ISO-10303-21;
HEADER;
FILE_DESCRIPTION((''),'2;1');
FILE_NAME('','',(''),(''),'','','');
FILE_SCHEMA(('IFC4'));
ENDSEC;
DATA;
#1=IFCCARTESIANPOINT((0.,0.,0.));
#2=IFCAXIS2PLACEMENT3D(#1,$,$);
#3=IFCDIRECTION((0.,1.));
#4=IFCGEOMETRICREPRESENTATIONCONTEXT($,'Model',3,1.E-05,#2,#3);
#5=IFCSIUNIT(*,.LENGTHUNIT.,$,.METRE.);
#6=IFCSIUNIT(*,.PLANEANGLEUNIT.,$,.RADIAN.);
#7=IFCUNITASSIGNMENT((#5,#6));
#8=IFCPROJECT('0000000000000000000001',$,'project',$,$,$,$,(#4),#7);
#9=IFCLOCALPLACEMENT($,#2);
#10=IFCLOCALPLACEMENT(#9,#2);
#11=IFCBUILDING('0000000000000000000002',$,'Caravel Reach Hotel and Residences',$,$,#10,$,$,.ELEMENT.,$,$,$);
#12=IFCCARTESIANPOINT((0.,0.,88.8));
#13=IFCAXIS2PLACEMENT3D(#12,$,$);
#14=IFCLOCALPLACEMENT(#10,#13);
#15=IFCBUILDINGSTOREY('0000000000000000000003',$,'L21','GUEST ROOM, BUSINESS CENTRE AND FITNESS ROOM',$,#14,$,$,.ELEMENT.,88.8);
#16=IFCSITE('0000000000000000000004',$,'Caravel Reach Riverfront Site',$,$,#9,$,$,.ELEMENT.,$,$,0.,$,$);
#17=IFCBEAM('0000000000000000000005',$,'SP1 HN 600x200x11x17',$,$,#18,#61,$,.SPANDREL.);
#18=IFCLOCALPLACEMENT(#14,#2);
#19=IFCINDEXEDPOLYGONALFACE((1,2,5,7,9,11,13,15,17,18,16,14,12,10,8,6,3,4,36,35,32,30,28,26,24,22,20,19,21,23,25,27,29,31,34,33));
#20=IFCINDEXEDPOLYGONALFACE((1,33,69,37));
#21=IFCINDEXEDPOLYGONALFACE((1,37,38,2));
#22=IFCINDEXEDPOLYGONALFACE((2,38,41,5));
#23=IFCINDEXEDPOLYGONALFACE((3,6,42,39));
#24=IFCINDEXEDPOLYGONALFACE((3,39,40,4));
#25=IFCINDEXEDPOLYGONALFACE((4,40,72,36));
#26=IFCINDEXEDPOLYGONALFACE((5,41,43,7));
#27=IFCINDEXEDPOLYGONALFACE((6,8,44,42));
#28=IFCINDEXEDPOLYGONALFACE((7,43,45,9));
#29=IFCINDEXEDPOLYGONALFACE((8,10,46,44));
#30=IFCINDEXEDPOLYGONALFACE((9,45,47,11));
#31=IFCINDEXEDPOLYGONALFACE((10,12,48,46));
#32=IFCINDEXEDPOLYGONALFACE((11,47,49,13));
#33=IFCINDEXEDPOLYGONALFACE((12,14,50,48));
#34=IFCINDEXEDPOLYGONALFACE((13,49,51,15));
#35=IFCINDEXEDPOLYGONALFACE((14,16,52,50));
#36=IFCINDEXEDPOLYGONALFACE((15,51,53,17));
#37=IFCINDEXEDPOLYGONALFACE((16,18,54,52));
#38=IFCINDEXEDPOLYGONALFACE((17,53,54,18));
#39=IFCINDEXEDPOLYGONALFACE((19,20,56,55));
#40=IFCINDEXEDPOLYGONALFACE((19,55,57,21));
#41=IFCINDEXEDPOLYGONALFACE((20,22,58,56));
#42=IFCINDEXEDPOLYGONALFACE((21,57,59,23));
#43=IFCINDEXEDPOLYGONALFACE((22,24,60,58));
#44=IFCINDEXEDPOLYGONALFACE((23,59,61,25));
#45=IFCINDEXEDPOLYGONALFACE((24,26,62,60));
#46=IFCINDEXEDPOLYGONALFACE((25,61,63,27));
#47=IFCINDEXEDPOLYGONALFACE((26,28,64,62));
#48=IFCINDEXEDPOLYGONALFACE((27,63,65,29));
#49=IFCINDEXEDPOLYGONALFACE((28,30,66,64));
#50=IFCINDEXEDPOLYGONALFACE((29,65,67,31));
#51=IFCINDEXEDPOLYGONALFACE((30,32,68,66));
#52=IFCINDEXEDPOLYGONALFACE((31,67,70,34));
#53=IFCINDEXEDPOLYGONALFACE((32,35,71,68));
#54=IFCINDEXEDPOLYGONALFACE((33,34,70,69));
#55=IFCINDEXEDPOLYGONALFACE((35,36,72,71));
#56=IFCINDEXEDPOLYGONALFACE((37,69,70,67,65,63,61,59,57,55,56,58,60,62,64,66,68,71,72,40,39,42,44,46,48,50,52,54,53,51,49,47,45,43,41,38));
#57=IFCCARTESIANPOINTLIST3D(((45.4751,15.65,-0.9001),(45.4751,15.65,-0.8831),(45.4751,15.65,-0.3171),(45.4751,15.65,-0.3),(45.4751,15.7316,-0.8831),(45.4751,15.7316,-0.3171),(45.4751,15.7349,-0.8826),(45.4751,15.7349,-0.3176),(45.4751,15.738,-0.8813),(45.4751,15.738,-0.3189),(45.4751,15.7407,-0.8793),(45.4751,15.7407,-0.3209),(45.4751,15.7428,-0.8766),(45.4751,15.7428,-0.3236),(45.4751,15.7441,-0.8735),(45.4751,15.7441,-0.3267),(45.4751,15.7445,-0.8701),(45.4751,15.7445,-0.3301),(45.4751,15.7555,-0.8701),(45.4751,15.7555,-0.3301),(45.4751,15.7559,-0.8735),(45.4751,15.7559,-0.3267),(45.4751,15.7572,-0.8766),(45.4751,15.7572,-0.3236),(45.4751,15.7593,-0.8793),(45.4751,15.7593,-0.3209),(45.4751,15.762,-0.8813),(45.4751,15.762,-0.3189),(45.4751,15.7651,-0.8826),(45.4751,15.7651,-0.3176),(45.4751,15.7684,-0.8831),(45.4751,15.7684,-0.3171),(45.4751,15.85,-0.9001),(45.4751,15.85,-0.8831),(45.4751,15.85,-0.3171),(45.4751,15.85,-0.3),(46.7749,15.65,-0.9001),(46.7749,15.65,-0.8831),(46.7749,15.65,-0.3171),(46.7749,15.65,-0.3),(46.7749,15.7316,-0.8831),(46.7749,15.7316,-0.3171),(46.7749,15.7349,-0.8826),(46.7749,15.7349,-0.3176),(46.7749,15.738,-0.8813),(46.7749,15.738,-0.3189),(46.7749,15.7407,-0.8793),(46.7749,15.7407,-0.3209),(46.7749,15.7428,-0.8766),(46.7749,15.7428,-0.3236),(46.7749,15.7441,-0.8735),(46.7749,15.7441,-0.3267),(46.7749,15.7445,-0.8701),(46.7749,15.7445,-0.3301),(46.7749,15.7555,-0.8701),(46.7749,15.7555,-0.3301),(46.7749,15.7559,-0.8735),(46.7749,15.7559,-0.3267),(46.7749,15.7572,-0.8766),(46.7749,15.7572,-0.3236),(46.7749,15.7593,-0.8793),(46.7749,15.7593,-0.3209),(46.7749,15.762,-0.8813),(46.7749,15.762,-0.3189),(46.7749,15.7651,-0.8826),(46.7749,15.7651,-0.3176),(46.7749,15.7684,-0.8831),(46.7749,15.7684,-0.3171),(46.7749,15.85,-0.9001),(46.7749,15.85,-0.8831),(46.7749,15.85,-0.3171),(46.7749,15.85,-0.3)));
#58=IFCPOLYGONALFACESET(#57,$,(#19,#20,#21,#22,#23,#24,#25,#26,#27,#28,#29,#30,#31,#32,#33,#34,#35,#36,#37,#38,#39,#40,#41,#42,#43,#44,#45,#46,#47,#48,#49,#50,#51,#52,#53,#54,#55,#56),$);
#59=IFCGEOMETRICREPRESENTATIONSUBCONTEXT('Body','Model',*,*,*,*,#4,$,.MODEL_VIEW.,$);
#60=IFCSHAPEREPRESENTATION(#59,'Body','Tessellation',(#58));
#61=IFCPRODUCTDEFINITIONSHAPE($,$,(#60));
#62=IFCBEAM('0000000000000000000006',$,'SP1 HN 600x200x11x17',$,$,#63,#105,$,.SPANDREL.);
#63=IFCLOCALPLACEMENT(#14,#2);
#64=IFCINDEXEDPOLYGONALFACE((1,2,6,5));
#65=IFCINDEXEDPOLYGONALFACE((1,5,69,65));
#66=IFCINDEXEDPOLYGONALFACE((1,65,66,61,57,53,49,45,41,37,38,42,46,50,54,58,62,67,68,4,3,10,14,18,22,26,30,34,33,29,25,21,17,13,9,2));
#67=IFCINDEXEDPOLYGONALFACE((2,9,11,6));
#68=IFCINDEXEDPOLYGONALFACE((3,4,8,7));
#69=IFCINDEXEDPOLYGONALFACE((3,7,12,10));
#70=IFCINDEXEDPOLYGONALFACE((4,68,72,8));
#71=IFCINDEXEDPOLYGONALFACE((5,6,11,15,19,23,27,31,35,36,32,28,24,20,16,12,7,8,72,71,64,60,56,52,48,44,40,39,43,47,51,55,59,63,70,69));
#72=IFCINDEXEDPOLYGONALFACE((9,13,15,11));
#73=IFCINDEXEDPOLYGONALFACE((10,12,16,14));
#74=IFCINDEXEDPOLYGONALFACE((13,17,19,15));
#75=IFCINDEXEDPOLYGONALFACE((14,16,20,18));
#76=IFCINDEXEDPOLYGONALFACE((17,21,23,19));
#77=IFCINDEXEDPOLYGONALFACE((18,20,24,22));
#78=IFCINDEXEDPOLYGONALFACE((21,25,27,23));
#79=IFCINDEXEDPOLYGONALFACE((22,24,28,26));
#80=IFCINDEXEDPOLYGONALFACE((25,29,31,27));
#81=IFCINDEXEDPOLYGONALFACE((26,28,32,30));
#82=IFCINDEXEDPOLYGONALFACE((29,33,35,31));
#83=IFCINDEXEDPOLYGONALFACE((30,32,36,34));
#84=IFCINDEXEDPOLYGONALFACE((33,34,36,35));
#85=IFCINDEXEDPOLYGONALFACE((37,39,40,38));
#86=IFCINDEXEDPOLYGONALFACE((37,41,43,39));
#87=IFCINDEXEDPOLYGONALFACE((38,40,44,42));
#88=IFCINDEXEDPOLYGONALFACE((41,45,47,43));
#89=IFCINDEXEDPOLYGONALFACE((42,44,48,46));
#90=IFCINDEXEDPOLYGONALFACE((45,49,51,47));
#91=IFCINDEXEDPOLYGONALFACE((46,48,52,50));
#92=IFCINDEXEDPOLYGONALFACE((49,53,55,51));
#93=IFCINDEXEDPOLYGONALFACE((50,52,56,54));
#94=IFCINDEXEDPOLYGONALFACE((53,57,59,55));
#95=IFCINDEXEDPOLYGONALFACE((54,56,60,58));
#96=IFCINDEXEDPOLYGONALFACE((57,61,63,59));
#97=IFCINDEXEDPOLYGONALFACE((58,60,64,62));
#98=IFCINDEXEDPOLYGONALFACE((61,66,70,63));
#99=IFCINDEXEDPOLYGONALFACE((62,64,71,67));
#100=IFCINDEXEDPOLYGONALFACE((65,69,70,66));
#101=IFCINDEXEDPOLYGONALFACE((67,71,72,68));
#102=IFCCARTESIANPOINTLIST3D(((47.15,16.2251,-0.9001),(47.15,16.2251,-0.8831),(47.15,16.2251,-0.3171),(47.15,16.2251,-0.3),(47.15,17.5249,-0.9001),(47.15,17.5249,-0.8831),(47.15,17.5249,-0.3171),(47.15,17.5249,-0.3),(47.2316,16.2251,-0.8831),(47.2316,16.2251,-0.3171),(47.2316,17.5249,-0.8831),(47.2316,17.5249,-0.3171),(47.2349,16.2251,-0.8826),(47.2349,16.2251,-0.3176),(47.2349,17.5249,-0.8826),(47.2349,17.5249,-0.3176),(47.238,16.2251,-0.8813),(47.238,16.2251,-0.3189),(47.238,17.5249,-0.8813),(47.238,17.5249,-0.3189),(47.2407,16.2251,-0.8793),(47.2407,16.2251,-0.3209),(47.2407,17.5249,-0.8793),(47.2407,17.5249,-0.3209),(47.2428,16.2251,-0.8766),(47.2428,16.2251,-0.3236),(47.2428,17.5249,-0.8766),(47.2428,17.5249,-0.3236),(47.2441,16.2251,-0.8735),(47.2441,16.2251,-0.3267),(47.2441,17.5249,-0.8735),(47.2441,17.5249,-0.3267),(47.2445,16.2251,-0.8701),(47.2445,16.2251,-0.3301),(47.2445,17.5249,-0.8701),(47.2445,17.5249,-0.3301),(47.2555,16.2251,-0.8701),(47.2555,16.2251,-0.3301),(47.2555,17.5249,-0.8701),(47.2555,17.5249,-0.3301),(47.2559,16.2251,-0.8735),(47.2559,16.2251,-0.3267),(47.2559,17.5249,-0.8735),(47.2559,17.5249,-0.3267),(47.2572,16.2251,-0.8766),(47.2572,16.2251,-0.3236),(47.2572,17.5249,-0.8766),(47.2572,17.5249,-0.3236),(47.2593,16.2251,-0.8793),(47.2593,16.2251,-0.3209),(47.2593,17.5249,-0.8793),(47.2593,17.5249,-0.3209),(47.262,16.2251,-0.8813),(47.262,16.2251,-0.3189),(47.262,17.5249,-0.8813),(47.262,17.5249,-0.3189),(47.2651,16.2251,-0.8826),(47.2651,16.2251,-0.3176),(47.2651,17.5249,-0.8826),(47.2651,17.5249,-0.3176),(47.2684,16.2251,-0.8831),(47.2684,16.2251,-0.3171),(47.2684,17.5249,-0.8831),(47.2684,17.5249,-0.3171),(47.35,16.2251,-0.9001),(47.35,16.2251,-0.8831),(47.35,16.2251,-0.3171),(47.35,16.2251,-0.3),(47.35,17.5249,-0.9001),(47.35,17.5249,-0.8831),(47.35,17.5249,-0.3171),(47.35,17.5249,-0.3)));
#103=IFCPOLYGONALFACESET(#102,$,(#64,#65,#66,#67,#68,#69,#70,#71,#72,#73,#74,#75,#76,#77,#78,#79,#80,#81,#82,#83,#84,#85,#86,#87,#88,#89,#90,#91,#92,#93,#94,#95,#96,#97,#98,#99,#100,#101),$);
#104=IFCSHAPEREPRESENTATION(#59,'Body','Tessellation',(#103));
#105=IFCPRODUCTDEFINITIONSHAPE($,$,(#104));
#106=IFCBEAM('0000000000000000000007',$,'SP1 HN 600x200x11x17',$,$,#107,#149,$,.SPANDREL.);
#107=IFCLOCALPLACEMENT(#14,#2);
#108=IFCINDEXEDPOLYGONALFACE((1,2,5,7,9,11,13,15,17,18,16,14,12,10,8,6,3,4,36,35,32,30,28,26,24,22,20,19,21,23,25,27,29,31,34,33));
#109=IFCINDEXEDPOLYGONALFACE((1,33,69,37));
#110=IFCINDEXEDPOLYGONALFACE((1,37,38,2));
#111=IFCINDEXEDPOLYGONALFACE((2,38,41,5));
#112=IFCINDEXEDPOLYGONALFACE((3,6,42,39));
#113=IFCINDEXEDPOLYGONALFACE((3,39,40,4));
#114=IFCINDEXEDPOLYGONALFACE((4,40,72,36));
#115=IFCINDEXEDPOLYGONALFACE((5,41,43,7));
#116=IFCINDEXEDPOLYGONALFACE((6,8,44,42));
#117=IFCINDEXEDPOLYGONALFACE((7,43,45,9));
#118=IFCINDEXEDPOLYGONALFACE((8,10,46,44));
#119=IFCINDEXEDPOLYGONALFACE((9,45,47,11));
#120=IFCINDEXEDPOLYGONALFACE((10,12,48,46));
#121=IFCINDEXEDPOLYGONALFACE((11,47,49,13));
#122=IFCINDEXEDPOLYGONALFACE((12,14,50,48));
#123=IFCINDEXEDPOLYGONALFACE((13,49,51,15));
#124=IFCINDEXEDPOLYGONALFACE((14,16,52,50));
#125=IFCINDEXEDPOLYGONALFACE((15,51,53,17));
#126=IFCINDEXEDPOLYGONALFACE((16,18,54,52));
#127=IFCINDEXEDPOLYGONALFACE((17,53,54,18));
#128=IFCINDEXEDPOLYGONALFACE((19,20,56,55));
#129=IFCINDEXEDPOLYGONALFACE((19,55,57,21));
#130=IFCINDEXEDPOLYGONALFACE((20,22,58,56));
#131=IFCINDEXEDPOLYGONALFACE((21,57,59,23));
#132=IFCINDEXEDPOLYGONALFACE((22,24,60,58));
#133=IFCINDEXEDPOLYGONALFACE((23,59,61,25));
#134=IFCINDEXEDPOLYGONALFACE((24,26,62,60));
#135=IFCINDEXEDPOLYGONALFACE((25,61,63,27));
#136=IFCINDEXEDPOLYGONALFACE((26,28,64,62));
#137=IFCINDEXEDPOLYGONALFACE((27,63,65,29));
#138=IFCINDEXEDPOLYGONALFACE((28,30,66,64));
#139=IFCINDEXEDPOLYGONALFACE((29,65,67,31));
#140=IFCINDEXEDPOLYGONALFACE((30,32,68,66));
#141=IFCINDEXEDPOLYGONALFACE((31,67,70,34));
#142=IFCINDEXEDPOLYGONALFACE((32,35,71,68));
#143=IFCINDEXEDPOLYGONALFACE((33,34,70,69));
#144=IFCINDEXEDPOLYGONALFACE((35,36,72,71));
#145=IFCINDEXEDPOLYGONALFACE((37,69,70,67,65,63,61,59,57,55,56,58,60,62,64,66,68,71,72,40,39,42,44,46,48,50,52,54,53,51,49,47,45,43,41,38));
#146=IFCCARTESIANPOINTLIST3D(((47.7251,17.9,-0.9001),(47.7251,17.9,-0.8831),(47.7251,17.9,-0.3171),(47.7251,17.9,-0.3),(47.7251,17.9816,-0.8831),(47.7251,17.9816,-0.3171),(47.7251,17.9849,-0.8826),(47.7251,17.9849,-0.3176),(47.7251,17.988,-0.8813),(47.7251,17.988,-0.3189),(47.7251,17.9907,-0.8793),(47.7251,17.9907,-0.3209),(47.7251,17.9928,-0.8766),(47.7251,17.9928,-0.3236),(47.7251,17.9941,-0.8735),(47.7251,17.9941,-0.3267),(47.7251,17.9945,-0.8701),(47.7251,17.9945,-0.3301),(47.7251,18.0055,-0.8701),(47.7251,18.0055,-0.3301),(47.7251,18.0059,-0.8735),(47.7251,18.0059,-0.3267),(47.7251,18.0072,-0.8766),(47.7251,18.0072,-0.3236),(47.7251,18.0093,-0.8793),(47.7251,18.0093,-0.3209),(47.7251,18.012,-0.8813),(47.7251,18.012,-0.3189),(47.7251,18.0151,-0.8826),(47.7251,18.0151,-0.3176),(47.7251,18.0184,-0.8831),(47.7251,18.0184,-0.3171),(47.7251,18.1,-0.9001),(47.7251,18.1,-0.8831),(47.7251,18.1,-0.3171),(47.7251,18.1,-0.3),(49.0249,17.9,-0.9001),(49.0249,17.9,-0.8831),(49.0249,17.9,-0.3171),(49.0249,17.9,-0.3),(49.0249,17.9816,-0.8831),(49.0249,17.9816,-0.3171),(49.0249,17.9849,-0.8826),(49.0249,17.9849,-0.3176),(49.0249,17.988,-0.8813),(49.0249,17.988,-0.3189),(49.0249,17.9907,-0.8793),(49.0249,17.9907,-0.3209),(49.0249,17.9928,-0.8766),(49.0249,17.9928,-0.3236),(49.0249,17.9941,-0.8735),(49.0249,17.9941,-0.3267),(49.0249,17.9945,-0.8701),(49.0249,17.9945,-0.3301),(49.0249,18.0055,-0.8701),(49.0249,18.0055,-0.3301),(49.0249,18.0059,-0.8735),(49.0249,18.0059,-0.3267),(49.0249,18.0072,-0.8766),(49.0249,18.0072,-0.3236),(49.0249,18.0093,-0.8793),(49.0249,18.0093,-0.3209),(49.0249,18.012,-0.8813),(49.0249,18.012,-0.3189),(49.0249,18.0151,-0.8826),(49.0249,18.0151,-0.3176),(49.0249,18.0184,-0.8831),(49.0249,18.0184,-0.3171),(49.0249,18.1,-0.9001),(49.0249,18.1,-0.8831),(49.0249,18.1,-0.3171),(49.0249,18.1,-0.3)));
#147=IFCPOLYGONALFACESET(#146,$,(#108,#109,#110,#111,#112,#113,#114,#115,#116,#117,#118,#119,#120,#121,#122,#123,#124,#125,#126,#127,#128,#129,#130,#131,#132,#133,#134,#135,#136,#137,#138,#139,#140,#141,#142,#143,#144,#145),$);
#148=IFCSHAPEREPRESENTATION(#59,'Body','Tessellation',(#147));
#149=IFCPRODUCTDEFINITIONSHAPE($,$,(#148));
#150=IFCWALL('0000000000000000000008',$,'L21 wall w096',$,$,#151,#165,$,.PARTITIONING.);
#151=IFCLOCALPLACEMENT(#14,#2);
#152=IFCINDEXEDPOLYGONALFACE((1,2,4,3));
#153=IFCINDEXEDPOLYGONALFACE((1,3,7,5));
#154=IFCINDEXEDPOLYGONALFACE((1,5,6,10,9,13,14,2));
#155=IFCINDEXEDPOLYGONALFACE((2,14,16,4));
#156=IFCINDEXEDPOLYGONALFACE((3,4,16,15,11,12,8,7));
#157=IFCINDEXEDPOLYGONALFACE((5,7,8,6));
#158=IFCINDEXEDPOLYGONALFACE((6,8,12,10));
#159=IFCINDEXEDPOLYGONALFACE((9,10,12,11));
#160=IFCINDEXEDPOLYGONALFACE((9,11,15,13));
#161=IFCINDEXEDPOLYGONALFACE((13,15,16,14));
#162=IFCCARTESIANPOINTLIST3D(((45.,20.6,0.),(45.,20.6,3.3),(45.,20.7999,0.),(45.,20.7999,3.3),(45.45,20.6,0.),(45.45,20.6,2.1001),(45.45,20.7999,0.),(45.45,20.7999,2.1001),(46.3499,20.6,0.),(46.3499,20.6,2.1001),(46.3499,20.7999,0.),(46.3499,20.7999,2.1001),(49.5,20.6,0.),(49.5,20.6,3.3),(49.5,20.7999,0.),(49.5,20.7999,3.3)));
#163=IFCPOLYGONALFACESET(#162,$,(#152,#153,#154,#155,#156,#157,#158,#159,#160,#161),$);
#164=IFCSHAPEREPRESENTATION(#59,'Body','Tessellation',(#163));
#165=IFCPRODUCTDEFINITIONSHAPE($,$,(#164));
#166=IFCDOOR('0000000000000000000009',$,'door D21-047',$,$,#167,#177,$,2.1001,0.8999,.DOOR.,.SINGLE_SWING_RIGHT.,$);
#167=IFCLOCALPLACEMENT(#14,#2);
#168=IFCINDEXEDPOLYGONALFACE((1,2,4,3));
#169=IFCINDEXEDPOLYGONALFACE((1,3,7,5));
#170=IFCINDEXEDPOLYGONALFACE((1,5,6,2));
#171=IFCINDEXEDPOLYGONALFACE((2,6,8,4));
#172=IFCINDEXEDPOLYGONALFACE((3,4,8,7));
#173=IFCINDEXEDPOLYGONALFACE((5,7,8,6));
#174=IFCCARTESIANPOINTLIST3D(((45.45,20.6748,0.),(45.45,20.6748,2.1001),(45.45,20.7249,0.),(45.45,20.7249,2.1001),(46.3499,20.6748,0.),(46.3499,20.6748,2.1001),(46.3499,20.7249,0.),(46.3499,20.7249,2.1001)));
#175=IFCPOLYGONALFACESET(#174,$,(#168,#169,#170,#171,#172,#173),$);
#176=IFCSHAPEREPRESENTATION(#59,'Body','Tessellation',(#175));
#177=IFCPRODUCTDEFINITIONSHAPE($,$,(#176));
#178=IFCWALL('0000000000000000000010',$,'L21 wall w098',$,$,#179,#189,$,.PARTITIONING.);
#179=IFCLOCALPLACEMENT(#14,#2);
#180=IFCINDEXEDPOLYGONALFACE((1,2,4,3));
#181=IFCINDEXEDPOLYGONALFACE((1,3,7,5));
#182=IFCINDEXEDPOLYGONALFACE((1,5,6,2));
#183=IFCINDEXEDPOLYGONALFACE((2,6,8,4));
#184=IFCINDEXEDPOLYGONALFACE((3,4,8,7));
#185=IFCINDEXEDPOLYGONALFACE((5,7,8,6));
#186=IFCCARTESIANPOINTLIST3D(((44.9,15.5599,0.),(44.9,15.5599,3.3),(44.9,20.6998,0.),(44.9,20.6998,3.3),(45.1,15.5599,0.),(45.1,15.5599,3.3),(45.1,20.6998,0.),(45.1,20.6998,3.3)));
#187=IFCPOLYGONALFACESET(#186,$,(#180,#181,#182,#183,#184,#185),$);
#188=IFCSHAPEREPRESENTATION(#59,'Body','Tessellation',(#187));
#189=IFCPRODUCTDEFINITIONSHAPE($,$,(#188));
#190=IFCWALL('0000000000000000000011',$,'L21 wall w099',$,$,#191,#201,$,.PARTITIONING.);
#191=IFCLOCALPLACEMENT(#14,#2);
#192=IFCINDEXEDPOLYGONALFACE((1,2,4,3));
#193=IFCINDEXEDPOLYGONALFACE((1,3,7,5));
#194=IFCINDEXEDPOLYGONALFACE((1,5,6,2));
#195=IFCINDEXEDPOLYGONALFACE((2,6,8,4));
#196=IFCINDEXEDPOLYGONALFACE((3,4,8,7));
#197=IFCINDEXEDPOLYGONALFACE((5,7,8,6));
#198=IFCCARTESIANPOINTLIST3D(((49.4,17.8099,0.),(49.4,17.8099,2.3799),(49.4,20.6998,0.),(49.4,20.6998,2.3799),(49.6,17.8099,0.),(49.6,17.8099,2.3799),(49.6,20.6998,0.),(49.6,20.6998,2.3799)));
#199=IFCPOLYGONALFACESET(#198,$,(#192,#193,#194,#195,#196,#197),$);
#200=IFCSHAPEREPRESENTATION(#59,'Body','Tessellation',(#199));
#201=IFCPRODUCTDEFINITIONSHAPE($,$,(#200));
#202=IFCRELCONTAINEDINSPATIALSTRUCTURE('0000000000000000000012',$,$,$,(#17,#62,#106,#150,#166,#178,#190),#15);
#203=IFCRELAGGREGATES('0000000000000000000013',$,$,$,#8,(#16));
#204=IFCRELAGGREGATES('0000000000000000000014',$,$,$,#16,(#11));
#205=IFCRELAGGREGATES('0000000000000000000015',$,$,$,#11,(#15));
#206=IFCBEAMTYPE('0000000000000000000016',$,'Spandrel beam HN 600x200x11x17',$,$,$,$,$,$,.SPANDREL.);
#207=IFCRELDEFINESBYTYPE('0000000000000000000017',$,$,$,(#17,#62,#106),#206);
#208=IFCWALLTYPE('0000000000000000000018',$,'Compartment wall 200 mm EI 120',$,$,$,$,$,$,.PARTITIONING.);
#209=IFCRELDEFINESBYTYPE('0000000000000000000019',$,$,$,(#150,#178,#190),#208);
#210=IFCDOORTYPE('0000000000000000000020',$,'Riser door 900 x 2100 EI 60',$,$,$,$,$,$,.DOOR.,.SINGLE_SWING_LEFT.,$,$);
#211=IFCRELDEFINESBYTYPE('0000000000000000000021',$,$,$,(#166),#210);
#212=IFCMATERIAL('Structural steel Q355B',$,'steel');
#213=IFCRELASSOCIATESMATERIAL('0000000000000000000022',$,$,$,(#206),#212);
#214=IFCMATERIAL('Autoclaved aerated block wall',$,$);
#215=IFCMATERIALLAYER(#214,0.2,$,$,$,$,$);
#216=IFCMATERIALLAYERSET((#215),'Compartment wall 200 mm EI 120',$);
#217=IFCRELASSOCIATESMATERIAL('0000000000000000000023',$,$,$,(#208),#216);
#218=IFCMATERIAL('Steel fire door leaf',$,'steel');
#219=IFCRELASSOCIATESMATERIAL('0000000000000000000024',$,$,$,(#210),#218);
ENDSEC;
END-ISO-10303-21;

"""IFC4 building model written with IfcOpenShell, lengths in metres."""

from ifc_helpers import new_model, si_unit, direction, frame, frame_2d, origin, origin_2d, place, context, subcontext, project, spatial, rectangle, i_section, extrude, material, layer, layer_set, material_profile, profile_set, type_object, element, fill, save


model = new_model("IFC4")

# Units and contexts
model_context = context("Model", 3, precision=1e-05, world=origin(), true_north=direction((0.0, 1.0)))
body_context = subcontext(model_context, "Body", "Model", "MODEL_VIEW")
ifc_project = project(units=[si_unit("LENGTHUNIT", "METRE"), si_unit("PLANEANGLEUNIT", "RADIAN")], contexts=[model_context])

# Site, building, storey
site_placement = place(None, origin())
site = spatial("IfcSite", under=ifc_project, at=site_placement, Name="Caravel Reach Riverfront Site", CompositionType="ELEMENT", RefElevation=0.0)
building_placement = place(site_placement, origin())
building = spatial("IfcBuilding", under=site, at=building_placement, Name="Caravel Reach Hotel and Residences", CompositionType="ELEMENT")
storey_placement = place(building_placement, frame((0.0, 0.0, 88.8)))
storey = spatial("IfcBuildingStorey", under=building, at=storey_placement, Name="L21", Description="GUEST ROOM, BUSINESS CENTRE AND FITNESS ROOM", CompositionType="ELEMENT", Elevation=88.8)

# Beams
ifc_material_1 = material(Name="Structural steel Q355B", Category="steel")
ifc_material_profile_1 = material_profile(ifc_material_1, i_section(OverallWidth=0.2, OverallDepth=0.6001, WebThickness=0.011, FlangeThickness=0.0171, FilletRadius=0.0129, at=origin_2d()), Name="HN 600x200x11x17")
ifc_profile_set_1 = profile_set([ifc_material_profile_1], Name="Structural steel Q355B")
beam_type_1 = type_object("IfcBeamType", Name="Spandrel beam HN 600x200x11x17", PredefinedType="SPANDREL", material=ifc_profile_set_1)
for number, where, z_axis, x_axis, name in (
    (1, (45.4751, 15.75, -0.6001), (1.0, 0.0, 0.0), (0.0, 1.0, 0.0), "SP1 HN 600x200x11x17"),
    (2, (47.25, 16.2251, -0.6001), (0.0, 1.0, 0.0), (-1.0, 0.0, 0.0), "SP1 HN 600x200x11x17"),
    (3, (47.7251, 18.0, -0.6001), (1.0, 0.0, 0.0), (0.0, 1.0, 0.0), "SP1 HN 600x200x11x17"),
):
    element("IfcBeam", number, at=place(storey_placement, frame(where, z_axis=z_axis, x_axis=x_axis)), inside=storey, type_object=beam_type_1, Name=name, PredefinedType="SPANDREL", context=body_context, shape_type="SweptSolid", body=[
        extrude(i_section(OverallWidth=0.2, OverallDepth=0.6001, WebThickness=0.011, FlangeThickness=0.0171, FilletRadius=0.0129, at=origin_2d()), origin(), (0.0, 0.0, 1.0), 1.2998),
    ])

# Wall, opening, door
ifc_material_2 = material(Name="Autoclaved aerated block wall")
ifc_layer_1 = layer(ifc_material_2, 0.2)
ifc_layer_set_1 = layer_set([ifc_layer_1], Name="Compartment wall 200 mm EI 120")
wall_type_1 = type_object("IfcWallType", Name="Compartment wall 200 mm EI 120", PredefinedType="PARTITIONING", material=ifc_layer_set_1)
wall_1_placement = place(storey_placement, frame((45.0, 20.7, 0.0), z_axis=(0.0, 0.0, 1.0), x_axis=(1.0, 0.0, 0.0)))
wall_1 = element("IfcWall", 4, at=wall_1_placement, inside=storey, type_object=wall_type_1, Name="L21 wall w096", PredefinedType="PARTITIONING", context=body_context, shape_type="SweptSolid", body=[
    extrude(rectangle(XDim=4.5, YDim=0.2, at=frame_2d((2.25, 0.0))), origin(), (0.0, 0.0, 1.0), 3.3),
])
opening_1_placement = place(wall_1_placement, frame((0.45, 0.0, 0.0)))
opening_1 = element("IfcOpeningElement", 5, at=opening_1_placement, cuts=wall_1, PredefinedType="OPENING", context=body_context, shape_type="SweptSolid", body=[
    extrude(rectangle(XDim=0.8999, YDim=2.1001, at=frame_2d((0.45, 1.05))), frame((0.0, 0.1099, 0.0), z_axis=(0.0, -1.0, 0.0), x_axis=(1.0, 0.0, 0.0)), (0.0, 0.0, 1.0), 0.22),
])
ifc_material_3 = material(Name="Steel fire door leaf", Category="steel")
door_type_1 = type_object("IfcDoorType", Name="Riser door 900 x 2100 EI 60", OperationType="SINGLE_SWING_LEFT", PredefinedType="DOOR", material=ifc_material_3)
door_1_placement = place(opening_1_placement, origin())
door_1 = element("IfcDoor", 6, at=door_1_placement, inside=storey, type_object=door_type_1, Name="door D21-047", OperationType="SINGLE_SWING_RIGHT", OverallHeight=2.1001, OverallWidth=0.8999, PredefinedType="DOOR", context=body_context, shape_type="SweptSolid", body=[
    extrude(rectangle(XDim=0.8999, YDim=2.1001, at=frame_2d((0.45, 1.05))), frame((0.0, 0.0249, 0.0), z_axis=(0.0, -1.0, 0.0), x_axis=(1.0, 0.0, 0.0)), (0.0, 0.0, 1.0), 0.05),
])
fill(opening_1, door_1)

# Walls
wall_2_placement = place(storey_placement, frame((45.0, 15.5601, 0.0), z_axis=(0.0, 0.0, 1.0), x_axis=(0.0, 1.0, 0.0)))
element("IfcWall", 7, at=wall_2_placement, inside=storey, type_object=wall_type_1, Name="L21 wall w098", PredefinedType="PARTITIONING", context=body_context, shape_type="SweptSolid", body=[
    extrude(rectangle(XDim=5.1399, YDim=0.2, at=frame_2d((2.5698, 0.0))), origin(), (0.0, 0.0, 1.0), 3.3),
])
wall_3_placement = place(storey_placement, frame((49.5, 17.8101, 0.0), z_axis=(0.0, 0.0, 1.0), x_axis=(0.0, 1.0, 0.0)))
element("IfcWall", 8, at=wall_3_placement, inside=storey, type_object=wall_type_1, Name="L21 wall w099", PredefinedType="PARTITIONING", context=body_context, shape_type="SweptSolid", body=[
    extrude(rectangle(XDim=2.8899, YDim=0.2, at=frame_2d((1.4448, 0.0))), origin(), (0.0, 0.0, 1.0), 2.3799),
])

save(model, "model.ifc")
